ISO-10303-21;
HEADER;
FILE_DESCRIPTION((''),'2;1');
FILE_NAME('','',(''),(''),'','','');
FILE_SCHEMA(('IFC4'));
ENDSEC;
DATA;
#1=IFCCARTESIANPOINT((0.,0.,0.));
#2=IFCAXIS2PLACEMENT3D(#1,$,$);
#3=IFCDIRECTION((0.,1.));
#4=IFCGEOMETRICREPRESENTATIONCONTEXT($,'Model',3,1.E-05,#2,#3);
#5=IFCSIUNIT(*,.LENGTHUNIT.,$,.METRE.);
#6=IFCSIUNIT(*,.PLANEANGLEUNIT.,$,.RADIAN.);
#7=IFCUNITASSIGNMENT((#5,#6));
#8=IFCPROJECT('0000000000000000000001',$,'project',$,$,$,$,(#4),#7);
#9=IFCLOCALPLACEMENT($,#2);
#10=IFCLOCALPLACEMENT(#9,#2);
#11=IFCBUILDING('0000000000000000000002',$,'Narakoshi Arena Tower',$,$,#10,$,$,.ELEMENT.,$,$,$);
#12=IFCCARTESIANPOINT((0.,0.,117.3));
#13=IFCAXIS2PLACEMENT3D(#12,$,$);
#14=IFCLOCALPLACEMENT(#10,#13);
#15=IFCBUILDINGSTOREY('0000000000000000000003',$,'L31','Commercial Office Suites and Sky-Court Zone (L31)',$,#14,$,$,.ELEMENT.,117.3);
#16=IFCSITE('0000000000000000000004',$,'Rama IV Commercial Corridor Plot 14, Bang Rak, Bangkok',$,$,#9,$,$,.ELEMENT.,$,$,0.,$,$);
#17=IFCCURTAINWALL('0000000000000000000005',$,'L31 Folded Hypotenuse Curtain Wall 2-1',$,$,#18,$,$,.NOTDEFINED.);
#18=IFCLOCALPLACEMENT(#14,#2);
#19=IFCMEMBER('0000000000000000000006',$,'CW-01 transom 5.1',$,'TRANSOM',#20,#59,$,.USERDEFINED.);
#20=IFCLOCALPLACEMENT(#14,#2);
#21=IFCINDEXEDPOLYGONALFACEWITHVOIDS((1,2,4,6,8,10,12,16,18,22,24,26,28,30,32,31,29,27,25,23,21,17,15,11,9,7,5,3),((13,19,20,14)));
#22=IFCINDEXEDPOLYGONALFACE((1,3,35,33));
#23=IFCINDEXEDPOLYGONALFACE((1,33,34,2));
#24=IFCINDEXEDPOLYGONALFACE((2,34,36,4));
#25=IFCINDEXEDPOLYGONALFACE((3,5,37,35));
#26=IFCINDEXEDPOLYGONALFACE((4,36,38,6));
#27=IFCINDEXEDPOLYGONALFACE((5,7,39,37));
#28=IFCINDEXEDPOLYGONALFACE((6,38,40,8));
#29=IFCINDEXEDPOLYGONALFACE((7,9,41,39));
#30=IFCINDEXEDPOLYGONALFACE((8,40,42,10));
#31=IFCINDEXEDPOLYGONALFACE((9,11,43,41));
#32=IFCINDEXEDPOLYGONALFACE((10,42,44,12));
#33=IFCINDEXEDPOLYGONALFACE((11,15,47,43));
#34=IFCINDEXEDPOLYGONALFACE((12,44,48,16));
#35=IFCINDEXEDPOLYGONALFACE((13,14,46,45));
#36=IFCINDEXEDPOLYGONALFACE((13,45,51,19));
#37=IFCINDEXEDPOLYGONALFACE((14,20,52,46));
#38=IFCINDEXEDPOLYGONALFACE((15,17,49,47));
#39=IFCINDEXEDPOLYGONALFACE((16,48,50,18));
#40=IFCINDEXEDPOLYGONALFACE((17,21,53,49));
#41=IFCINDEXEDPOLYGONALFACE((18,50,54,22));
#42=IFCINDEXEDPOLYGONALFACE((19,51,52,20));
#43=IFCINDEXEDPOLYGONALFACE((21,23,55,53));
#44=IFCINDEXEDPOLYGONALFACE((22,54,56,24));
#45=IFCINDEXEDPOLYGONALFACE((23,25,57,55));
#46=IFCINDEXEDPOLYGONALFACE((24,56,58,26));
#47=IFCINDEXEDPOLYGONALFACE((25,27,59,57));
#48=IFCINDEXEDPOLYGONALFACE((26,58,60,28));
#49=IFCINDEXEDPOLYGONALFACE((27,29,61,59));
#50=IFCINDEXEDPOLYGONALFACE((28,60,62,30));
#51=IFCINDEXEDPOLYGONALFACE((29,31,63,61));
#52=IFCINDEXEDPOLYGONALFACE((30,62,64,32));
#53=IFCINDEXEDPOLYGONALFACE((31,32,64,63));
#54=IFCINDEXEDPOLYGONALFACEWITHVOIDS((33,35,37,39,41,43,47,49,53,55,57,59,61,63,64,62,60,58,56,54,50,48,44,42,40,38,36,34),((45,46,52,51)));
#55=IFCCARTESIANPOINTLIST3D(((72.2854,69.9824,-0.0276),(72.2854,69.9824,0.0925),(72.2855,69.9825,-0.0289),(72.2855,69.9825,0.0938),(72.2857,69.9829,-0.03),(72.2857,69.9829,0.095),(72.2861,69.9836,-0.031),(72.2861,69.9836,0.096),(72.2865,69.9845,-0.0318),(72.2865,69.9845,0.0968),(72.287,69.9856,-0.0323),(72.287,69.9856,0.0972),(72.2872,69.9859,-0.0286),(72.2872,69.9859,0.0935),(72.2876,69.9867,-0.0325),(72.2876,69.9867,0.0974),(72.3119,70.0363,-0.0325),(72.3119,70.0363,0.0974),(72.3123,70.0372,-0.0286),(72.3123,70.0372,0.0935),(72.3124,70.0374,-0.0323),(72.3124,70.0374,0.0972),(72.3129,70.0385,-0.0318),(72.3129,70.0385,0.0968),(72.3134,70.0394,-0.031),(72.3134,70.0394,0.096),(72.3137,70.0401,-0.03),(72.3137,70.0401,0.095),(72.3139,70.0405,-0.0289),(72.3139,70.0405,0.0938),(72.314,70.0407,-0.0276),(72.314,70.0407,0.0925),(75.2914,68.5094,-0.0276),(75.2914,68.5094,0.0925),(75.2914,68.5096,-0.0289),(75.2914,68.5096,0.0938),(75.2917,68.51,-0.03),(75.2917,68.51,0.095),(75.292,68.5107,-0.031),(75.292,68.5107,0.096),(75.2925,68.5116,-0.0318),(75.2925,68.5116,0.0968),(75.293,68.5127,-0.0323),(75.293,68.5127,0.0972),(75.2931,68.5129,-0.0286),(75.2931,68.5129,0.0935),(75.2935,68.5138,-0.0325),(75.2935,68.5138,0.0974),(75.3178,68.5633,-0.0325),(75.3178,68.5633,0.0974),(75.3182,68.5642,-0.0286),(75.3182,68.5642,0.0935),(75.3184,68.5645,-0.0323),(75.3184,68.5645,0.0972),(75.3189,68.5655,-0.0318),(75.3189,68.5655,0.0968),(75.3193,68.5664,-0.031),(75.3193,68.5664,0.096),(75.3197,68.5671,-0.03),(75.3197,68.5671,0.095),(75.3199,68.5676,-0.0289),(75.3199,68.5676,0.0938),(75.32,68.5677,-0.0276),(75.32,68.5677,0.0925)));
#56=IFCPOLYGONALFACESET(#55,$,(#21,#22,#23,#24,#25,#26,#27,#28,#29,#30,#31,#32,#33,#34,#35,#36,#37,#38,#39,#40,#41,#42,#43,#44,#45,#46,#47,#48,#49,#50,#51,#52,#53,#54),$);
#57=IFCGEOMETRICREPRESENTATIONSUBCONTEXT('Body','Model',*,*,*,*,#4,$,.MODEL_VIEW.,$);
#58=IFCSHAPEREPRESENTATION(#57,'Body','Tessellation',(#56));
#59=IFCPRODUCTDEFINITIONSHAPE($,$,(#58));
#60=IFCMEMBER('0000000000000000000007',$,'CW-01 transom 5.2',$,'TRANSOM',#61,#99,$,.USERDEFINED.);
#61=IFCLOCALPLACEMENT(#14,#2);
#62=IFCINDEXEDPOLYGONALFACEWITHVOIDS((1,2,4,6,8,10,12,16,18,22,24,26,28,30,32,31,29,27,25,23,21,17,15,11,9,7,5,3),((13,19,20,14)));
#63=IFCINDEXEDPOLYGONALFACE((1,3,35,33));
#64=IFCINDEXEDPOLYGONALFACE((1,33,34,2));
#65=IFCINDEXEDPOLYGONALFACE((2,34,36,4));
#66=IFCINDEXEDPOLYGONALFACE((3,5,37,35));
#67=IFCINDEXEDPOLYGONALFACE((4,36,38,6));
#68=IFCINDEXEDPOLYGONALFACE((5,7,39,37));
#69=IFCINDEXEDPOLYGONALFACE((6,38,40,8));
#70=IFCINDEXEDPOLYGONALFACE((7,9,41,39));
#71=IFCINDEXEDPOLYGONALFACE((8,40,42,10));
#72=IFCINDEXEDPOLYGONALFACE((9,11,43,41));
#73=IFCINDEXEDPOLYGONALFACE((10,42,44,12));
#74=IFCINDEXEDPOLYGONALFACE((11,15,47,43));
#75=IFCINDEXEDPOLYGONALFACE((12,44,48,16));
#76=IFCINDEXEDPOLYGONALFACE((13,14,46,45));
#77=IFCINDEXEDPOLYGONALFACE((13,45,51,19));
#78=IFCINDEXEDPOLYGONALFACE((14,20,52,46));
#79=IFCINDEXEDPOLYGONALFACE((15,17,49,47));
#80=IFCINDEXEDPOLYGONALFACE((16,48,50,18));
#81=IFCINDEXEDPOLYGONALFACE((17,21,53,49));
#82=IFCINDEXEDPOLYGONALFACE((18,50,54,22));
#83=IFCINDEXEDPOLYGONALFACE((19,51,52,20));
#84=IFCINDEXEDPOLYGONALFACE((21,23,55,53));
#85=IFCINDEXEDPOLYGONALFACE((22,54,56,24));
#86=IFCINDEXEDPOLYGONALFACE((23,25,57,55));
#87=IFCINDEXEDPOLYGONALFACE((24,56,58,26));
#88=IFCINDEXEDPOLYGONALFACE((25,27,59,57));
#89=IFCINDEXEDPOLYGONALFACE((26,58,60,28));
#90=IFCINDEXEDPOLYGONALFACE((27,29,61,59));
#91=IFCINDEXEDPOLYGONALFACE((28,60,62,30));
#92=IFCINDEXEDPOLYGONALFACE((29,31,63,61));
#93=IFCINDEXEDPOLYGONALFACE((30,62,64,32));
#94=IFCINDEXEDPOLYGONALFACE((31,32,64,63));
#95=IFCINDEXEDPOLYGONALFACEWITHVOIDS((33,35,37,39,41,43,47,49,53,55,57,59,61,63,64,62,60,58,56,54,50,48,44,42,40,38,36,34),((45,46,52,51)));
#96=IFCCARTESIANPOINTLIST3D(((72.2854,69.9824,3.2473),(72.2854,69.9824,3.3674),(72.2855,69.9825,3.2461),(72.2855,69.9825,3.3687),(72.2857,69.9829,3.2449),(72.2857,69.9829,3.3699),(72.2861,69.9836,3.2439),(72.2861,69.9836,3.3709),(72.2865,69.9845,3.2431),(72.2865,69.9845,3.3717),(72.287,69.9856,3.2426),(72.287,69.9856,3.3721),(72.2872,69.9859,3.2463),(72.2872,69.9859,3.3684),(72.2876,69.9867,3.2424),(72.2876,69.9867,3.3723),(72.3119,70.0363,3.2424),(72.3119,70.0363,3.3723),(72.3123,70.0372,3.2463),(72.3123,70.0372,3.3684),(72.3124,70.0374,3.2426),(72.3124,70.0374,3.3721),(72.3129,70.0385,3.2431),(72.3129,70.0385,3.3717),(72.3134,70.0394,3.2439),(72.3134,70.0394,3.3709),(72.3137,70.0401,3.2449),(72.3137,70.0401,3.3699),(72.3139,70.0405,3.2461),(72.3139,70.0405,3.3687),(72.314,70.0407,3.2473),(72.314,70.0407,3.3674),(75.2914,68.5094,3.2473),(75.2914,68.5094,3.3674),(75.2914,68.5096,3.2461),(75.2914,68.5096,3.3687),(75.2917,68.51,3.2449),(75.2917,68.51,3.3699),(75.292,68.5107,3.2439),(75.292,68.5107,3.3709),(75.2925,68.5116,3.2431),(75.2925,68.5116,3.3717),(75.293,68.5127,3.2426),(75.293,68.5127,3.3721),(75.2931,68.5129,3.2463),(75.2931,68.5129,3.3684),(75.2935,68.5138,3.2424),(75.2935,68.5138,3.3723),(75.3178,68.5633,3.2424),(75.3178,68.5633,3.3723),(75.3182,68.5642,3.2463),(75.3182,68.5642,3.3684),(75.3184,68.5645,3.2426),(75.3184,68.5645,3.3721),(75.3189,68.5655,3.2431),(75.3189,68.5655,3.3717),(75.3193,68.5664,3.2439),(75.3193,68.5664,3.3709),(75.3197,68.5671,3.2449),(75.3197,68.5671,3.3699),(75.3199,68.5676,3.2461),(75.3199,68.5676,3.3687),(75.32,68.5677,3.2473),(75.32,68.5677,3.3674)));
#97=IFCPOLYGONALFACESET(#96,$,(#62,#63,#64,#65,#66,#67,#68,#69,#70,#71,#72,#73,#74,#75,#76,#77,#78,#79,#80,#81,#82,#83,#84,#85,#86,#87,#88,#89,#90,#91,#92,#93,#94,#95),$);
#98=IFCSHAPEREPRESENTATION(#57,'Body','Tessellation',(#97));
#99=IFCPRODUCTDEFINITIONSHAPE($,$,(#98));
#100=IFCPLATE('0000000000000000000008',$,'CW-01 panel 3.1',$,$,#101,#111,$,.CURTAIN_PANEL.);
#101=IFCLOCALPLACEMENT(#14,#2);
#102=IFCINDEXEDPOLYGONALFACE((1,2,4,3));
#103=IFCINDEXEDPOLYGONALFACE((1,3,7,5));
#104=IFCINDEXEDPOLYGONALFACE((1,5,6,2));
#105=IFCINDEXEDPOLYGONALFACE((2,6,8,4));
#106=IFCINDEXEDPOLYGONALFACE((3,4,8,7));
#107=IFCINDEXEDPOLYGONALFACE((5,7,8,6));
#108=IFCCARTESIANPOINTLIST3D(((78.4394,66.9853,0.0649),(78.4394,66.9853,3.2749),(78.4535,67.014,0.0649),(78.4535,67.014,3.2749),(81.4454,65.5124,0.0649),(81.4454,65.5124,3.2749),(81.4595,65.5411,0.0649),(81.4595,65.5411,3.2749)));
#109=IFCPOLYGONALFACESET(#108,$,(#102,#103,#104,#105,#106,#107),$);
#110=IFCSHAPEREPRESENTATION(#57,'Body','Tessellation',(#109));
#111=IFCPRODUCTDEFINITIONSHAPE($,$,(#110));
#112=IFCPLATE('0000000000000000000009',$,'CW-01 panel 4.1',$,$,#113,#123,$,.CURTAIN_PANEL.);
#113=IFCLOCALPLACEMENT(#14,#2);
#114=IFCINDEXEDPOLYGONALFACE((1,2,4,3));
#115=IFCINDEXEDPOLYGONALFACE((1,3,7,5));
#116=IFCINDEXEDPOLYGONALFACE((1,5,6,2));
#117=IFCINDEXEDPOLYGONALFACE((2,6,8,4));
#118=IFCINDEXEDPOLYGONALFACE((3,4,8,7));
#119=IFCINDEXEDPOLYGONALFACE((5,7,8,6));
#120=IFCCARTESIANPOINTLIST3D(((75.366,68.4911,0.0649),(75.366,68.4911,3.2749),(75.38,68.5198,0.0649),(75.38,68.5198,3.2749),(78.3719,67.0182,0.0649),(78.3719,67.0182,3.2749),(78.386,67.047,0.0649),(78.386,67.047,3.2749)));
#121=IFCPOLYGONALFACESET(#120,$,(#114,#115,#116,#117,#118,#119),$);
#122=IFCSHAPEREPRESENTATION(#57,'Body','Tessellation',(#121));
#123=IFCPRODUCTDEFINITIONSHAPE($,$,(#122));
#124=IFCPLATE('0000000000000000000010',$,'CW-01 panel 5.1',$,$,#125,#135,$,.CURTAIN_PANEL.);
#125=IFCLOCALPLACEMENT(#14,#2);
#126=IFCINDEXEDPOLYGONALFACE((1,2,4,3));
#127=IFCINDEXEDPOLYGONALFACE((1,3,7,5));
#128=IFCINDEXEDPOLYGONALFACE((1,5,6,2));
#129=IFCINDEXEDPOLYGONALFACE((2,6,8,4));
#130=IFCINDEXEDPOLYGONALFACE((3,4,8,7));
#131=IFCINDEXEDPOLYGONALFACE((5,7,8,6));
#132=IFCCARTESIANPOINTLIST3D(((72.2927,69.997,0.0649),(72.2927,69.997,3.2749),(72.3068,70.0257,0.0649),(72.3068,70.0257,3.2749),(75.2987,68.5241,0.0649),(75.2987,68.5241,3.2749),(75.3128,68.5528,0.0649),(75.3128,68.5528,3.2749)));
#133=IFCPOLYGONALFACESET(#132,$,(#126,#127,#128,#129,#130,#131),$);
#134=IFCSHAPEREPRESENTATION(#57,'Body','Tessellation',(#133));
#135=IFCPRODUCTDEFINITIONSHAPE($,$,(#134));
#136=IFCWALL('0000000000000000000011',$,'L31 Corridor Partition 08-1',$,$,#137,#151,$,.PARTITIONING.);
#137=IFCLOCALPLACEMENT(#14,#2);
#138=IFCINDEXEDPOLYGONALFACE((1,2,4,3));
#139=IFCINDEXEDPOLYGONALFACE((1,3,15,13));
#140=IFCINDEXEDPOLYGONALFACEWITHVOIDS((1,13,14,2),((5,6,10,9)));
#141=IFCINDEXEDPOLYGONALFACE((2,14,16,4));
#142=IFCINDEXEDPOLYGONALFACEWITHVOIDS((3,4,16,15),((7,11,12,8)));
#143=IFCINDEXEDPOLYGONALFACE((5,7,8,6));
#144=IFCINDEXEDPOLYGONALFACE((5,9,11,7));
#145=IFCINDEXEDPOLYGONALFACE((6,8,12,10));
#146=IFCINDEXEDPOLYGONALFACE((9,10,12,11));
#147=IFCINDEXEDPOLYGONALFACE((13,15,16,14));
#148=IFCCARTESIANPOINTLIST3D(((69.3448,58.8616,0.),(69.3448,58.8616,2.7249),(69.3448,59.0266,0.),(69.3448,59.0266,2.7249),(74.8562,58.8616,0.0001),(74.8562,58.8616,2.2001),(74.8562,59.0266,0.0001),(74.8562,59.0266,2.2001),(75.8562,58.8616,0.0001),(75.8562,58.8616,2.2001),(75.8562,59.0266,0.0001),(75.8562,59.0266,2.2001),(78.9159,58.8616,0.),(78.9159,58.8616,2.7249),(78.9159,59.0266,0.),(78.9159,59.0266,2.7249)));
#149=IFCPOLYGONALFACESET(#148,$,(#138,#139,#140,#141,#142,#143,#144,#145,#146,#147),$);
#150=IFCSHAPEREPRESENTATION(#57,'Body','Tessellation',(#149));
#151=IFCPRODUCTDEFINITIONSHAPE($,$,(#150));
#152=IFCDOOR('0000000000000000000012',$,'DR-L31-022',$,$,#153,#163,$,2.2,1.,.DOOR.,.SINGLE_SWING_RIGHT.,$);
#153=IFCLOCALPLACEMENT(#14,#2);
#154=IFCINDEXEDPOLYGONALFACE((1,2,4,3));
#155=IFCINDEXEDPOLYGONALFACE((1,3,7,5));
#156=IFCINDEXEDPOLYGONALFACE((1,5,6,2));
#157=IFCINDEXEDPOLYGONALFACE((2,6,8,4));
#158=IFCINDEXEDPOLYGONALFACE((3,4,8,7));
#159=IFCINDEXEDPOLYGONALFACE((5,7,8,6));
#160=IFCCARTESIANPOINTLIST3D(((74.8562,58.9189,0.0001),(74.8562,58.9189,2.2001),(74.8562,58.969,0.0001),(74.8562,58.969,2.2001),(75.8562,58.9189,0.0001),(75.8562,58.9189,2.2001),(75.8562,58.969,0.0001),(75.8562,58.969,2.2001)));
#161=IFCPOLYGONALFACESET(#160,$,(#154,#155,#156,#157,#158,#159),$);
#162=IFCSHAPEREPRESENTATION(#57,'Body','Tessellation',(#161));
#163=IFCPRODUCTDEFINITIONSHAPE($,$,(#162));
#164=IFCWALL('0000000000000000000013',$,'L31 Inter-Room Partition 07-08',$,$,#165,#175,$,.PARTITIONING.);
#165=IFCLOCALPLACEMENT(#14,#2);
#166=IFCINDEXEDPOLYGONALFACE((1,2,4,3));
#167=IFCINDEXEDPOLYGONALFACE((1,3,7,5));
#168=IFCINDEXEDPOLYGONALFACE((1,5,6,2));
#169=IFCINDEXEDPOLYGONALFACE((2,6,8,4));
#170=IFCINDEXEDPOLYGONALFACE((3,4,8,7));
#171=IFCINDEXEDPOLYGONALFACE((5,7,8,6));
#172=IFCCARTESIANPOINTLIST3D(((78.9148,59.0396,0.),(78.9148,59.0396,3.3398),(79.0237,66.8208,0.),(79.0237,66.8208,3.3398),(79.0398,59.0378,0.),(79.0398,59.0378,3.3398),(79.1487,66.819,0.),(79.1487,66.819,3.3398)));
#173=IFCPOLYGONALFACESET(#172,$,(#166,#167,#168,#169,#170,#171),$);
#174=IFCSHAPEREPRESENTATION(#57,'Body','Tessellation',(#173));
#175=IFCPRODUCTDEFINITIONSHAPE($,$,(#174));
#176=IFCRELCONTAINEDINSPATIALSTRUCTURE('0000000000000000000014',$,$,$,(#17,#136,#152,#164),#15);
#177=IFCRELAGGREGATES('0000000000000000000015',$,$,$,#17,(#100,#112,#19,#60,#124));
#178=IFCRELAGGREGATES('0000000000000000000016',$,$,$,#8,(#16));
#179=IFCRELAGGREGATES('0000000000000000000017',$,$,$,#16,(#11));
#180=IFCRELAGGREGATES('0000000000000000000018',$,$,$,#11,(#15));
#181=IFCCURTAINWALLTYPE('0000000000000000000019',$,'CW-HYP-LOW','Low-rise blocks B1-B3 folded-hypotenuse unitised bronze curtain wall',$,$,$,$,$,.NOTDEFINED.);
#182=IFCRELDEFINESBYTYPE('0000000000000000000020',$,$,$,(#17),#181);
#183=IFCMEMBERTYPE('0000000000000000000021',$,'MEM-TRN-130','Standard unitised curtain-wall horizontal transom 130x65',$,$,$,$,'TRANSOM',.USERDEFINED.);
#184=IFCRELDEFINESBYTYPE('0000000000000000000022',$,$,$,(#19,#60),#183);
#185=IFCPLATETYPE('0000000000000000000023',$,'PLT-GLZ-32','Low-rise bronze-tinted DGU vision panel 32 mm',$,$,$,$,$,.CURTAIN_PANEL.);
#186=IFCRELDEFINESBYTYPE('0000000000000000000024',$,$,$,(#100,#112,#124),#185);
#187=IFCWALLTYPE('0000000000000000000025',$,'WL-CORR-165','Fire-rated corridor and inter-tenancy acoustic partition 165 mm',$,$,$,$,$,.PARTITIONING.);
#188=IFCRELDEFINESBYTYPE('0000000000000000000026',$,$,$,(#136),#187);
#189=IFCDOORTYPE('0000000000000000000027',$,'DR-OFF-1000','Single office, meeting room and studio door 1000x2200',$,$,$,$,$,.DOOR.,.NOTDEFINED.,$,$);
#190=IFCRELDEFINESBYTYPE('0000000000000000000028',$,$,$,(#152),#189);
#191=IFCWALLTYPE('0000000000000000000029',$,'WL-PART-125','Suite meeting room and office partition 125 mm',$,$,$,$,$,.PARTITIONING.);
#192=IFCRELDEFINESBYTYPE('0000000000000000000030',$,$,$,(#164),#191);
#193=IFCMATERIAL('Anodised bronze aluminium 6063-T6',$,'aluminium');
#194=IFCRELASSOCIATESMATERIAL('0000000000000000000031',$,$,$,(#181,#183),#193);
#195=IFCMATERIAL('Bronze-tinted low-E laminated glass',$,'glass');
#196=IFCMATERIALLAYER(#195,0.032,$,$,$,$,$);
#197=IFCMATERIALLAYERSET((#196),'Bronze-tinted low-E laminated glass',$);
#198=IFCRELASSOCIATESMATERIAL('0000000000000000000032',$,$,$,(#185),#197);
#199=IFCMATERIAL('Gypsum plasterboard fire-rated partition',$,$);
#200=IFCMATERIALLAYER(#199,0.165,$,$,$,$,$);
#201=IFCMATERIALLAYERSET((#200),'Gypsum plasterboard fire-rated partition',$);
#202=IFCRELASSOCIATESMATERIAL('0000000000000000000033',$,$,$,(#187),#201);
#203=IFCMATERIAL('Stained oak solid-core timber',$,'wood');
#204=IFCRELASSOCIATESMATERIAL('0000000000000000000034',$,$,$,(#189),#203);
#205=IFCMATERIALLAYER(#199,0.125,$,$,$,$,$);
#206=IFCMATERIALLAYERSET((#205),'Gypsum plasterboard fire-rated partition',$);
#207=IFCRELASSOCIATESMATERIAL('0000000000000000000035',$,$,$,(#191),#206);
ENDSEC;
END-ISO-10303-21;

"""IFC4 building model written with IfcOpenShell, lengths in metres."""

from ifc_helpers import new_model, si_unit, direction, frame, frame_2d, origin, origin_2d, place, context, subcontext, project, spatial, rectangle, hollow_rectangle, extrude, material, layer, layer_set, material_profile, profile_set, type_object, element, fill, aggregate, save


model = new_model("IFC4")

# Units and contexts
model_context = context("Model", 3, precision=1e-05, world=origin(), true_north=direction((0.0, 1.0)))
body_context = subcontext(model_context, "Body", "Model", "MODEL_VIEW")
ifc_project = project(units=[si_unit("LENGTHUNIT", "METRE"), si_unit("PLANEANGLEUNIT", "RADIAN")], contexts=[model_context])

# Site, building, storey
site_placement = place(None, origin())
site = spatial("IfcSite", under=ifc_project, at=site_placement, Name="Rama IV Commercial Corridor Plot 14, Bang Rak, Bangkok", CompositionType="ELEMENT", RefElevation=0.0)
building_placement = place(site_placement, origin())
building = spatial("IfcBuilding", under=site, at=building_placement, Name="Narakoshi Arena Tower", CompositionType="ELEMENT")
storey_placement = place(building_placement, frame((0.0, 0.0, 117.3)))
storey = spatial("IfcBuildingStorey", under=building, at=storey_placement, Name="L31", Description="Commercial Office Suites and Sky-Court Zone (L31)", CompositionType="ELEMENT", Elevation=117.3)

# Curtain wall, members, plates
ifc_material_1 = material(Name="Anodised bronze aluminium 6063-T6", Category="aluminium")
curtain_wall_type = type_object("IfcCurtainWallType", Name="CW-HYP-LOW", Description="Low-rise blocks B1-B3 folded-hypotenuse unitised bronze curtain wall", PredefinedType="NOTDEFINED", material=ifc_material_1)
curtain_wall_placement = place(storey_placement, origin())
curtain_wall = element("IfcCurtainWall", 1, at=curtain_wall_placement, inside=storey, type_object=curtain_wall_type, Name="L31 Folded Hypotenuse Curtain Wall 2-1", PredefinedType="NOTDEFINED")
ifc_material_profile_1 = material_profile(ifc_material_1, hollow_rectangle(XDim=0.0649, YDim=0.1299, WallThickness=0.0039, OuterFilletRadius=0.0049, at=origin_2d()), Name="TRN130x65x4")
ifc_profile_set_1 = profile_set([ifc_material_profile_1], Name="Anodised bronze aluminium 6063-T6")
member_type_1 = type_object("IfcMemberType", Name="MEM-TRN-130", Description="Standard unitised curtain-wall horizontal transom 130x65", ElementType="TRANSOM", PredefinedType="USERDEFINED", material=ifc_profile_set_1)
member_1_placement = place(storey_placement, frame((75.3057, 68.5386, 0.0325), z_axis=(-0.897987, 0.440022, 0.0), x_axis=(-0.440022, -0.897987, 0.0)))
member_1 = element("IfcMember", 2, at=member_1_placement, type_object=member_type_1, Name="CW-01 transom 5.1", ObjectType="TRANSOM", PredefinedType="USERDEFINED", context=body_context, shape_type="SweptSolid", body=[
    extrude(hollow_rectangle(XDim=0.0649, YDim=0.1299, WallThickness=0.0039, OuterFilletRadius=0.0049, at=origin_2d()), origin(), (0.0, 0.0, 1.0), 3.3474),
])
member_2_placement = place(storey_placement, frame((75.3057, 68.5386, 3.3074), z_axis=(-0.897987, 0.440022, 0.0), x_axis=(-0.440022, -0.897987, 0.0)))
member_2 = element("IfcMember", 3, at=member_2_placement, type_object=member_type_1, Name="CW-01 transom 5.2", ObjectType="TRANSOM", PredefinedType="USERDEFINED", context=body_context, shape_type="SweptSolid", body=[
    extrude(hollow_rectangle(XDim=0.0649, YDim=0.1299, WallThickness=0.0039, OuterFilletRadius=0.0049, at=origin_2d()), origin(), (0.0, 0.0, 1.0), 3.3474),
])
ifc_material_2 = material(Name="Bronze-tinted low-E laminated glass", Category="glass")
ifc_layer_1 = layer(ifc_material_2, 0.032)
ifc_layer_set_1 = layer_set([ifc_layer_1], Name="Bronze-tinted low-E laminated glass")
plate_type = type_object("IfcPlateType", Name="PLT-GLZ-32", Description="Low-rise bronze-tinted DGU vision panel 32 mm", PredefinedType="CURTAIN_PANEL", material=ifc_layer_set_1)
plate_1_placement = place(storey_placement, frame((79.9495, 66.2632, 0.0649), z_axis=(0.0, 0.0, 1.0), x_axis=(-0.897996, 0.440005, 0.0)))
plate_1 = element("IfcPlate", 4, at=plate_1_placement, type_object=plate_type, Name="CW-01 panel 3.1", PredefinedType="CURTAIN_PANEL", context=body_context, shape_type="SweptSolid", body=[
    extrude(rectangle(XDim=3.3474, YDim=0.032, at=origin_2d()), origin(), (0.0, 0.0, 1.0), 3.21),
])
plate_2_placement = place(storey_placement, frame((76.876, 67.769, 0.0649), z_axis=(0.0, 0.0, 1.0), x_axis=(-0.897996, 0.440005, 0.0)))
plate_2 = element("IfcPlate", 5, at=plate_2_placement, type_object=plate_type, Name="CW-01 panel 4.1", PredefinedType="CURTAIN_PANEL", context=body_context, shape_type="SweptSolid", body=[
    extrude(rectangle(XDim=3.3474, YDim=0.032, at=origin_2d()), origin(), (0.0, 0.0, 1.0), 3.21),
])
plate_3_placement = place(storey_placement, frame((73.8027, 69.2749, 0.0649), z_axis=(0.0, 0.0, 1.0), x_axis=(-0.897996, 0.440005, 0.0)))
plate_3 = element("IfcPlate", 6, at=plate_3_placement, type_object=plate_type, Name="CW-01 panel 5.1", PredefinedType="CURTAIN_PANEL", context=body_context, shape_type="SweptSolid", body=[
    extrude(rectangle(XDim=3.3474, YDim=0.032, at=origin_2d()), origin(), (0.0, 0.0, 1.0), 3.21),
])
aggregate(curtain_wall, [plate_1, plate_2, member_1, member_2, plate_3])

# Wall, opening, door
ifc_material_3 = material(Name="Gypsum plasterboard fire-rated partition")
ifc_layer_2 = layer(ifc_material_3, 0.165)
ifc_layer_set_2 = layer_set([ifc_layer_2], Name="Gypsum plasterboard fire-rated partition")
wall_type_1 = type_object("IfcWallType", Name="WL-CORR-165", Description="Fire-rated corridor and inter-tenancy acoustic partition 165 mm", PredefinedType="PARTITIONING", material=ifc_layer_set_2)
wall_1_placement = place(storey_placement, frame((78.916, 58.9441, 0.0), z_axis=(0.0, 0.0, 1.0), x_axis=(-1.0, 0.0, 0.0)))
wall_1 = element("IfcWall", 7, at=wall_1_placement, inside=storey, type_object=wall_type_1, Name="L31 Corridor Partition 08-1", PredefinedType="PARTITIONING", context=body_context, shape_type="SweptSolid", body=[
    extrude(rectangle(XDim=9.571, YDim=0.165, at=frame_2d((4.7856, 0.0))), origin(), (0.0, 0.0, 1.0), 2.7249),
])
opening_placement = place(wall_1_placement, frame((3.0598, 0.0, 0.0)))
opening = element("IfcOpeningElement", 8, at=opening_placement, cuts=wall_1, PredefinedType="OPENING", context=body_context, shape_type="SweptSolid", body=[
    extrude(rectangle(XDim=1.0, YDim=2.2, at=frame_2d((0.5, 1.1001))), frame((0.0, 0.0925, 0.0), z_axis=(0.0, -1.0, 0.0), x_axis=(1.0, 0.0, 0.0)), (0.0, 0.0, 1.0), 0.1851),
])
ifc_material_4 = material(Name="Stained oak solid-core timber", Category="wood")
door_type = type_object("IfcDoorType", Name="DR-OFF-1000", Description="Single office, meeting room and studio door 1000x2200", OperationType="NOTDEFINED", PredefinedType="DOOR", material=ifc_material_4)
door_placement = place(opening_placement, frame((1.0, 0.0, 0.0), z_axis=(0.0, 0.0, 1.0), x_axis=(-1.0, 0.0, 0.0)))
door = element("IfcDoor", 9, at=door_placement, inside=storey, type_object=door_type, Name="DR-L31-022", OperationType="SINGLE_SWING_RIGHT", OverallHeight=2.2, OverallWidth=1.0, PredefinedType="DOOR", context=body_context, shape_type="SweptSolid", body=[
    extrude(rectangle(XDim=1.0, YDim=2.2, at=frame_2d((0.5, 1.1001))), frame((0.0, 0.0249, 0.0), z_axis=(0.0, -1.0, 0.0), x_axis=(1.0, 0.0, 0.0)), (0.0, 0.0, 1.0), 0.05),
])
fill(opening, door)

# Wall
ifc_layer_3 = layer(ifc_material_3, 0.125)
ifc_layer_set_3 = layer_set([ifc_layer_3], Name="Gypsum plasterboard fire-rated partition")
wall_type_2 = type_object("IfcWallType", Name="WL-PART-125", Description="Suite meeting room and office partition 125 mm", PredefinedType="PARTITIONING", material=ifc_layer_set_3)
wall_2_placement = place(storey_placement, frame((78.9773, 59.0386, 0.0), z_axis=(0.0, 0.0, 1.0), x_axis=(0.013992, 0.999902, 0.0)))
element("IfcWall", 10, at=wall_2_placement, inside=storey, type_object=wall_type_2, Name="L31 Inter-Room Partition 07-08", PredefinedType="PARTITIONING", context=body_context, shape_type="SweptSolid", body=[
    extrude(rectangle(XDim=7.782, YDim=0.125, at=frame_2d((3.8911, 0.0))), origin(), (0.0, 0.0, 1.0), 3.3398),
])

save(model, "model.ifc")
